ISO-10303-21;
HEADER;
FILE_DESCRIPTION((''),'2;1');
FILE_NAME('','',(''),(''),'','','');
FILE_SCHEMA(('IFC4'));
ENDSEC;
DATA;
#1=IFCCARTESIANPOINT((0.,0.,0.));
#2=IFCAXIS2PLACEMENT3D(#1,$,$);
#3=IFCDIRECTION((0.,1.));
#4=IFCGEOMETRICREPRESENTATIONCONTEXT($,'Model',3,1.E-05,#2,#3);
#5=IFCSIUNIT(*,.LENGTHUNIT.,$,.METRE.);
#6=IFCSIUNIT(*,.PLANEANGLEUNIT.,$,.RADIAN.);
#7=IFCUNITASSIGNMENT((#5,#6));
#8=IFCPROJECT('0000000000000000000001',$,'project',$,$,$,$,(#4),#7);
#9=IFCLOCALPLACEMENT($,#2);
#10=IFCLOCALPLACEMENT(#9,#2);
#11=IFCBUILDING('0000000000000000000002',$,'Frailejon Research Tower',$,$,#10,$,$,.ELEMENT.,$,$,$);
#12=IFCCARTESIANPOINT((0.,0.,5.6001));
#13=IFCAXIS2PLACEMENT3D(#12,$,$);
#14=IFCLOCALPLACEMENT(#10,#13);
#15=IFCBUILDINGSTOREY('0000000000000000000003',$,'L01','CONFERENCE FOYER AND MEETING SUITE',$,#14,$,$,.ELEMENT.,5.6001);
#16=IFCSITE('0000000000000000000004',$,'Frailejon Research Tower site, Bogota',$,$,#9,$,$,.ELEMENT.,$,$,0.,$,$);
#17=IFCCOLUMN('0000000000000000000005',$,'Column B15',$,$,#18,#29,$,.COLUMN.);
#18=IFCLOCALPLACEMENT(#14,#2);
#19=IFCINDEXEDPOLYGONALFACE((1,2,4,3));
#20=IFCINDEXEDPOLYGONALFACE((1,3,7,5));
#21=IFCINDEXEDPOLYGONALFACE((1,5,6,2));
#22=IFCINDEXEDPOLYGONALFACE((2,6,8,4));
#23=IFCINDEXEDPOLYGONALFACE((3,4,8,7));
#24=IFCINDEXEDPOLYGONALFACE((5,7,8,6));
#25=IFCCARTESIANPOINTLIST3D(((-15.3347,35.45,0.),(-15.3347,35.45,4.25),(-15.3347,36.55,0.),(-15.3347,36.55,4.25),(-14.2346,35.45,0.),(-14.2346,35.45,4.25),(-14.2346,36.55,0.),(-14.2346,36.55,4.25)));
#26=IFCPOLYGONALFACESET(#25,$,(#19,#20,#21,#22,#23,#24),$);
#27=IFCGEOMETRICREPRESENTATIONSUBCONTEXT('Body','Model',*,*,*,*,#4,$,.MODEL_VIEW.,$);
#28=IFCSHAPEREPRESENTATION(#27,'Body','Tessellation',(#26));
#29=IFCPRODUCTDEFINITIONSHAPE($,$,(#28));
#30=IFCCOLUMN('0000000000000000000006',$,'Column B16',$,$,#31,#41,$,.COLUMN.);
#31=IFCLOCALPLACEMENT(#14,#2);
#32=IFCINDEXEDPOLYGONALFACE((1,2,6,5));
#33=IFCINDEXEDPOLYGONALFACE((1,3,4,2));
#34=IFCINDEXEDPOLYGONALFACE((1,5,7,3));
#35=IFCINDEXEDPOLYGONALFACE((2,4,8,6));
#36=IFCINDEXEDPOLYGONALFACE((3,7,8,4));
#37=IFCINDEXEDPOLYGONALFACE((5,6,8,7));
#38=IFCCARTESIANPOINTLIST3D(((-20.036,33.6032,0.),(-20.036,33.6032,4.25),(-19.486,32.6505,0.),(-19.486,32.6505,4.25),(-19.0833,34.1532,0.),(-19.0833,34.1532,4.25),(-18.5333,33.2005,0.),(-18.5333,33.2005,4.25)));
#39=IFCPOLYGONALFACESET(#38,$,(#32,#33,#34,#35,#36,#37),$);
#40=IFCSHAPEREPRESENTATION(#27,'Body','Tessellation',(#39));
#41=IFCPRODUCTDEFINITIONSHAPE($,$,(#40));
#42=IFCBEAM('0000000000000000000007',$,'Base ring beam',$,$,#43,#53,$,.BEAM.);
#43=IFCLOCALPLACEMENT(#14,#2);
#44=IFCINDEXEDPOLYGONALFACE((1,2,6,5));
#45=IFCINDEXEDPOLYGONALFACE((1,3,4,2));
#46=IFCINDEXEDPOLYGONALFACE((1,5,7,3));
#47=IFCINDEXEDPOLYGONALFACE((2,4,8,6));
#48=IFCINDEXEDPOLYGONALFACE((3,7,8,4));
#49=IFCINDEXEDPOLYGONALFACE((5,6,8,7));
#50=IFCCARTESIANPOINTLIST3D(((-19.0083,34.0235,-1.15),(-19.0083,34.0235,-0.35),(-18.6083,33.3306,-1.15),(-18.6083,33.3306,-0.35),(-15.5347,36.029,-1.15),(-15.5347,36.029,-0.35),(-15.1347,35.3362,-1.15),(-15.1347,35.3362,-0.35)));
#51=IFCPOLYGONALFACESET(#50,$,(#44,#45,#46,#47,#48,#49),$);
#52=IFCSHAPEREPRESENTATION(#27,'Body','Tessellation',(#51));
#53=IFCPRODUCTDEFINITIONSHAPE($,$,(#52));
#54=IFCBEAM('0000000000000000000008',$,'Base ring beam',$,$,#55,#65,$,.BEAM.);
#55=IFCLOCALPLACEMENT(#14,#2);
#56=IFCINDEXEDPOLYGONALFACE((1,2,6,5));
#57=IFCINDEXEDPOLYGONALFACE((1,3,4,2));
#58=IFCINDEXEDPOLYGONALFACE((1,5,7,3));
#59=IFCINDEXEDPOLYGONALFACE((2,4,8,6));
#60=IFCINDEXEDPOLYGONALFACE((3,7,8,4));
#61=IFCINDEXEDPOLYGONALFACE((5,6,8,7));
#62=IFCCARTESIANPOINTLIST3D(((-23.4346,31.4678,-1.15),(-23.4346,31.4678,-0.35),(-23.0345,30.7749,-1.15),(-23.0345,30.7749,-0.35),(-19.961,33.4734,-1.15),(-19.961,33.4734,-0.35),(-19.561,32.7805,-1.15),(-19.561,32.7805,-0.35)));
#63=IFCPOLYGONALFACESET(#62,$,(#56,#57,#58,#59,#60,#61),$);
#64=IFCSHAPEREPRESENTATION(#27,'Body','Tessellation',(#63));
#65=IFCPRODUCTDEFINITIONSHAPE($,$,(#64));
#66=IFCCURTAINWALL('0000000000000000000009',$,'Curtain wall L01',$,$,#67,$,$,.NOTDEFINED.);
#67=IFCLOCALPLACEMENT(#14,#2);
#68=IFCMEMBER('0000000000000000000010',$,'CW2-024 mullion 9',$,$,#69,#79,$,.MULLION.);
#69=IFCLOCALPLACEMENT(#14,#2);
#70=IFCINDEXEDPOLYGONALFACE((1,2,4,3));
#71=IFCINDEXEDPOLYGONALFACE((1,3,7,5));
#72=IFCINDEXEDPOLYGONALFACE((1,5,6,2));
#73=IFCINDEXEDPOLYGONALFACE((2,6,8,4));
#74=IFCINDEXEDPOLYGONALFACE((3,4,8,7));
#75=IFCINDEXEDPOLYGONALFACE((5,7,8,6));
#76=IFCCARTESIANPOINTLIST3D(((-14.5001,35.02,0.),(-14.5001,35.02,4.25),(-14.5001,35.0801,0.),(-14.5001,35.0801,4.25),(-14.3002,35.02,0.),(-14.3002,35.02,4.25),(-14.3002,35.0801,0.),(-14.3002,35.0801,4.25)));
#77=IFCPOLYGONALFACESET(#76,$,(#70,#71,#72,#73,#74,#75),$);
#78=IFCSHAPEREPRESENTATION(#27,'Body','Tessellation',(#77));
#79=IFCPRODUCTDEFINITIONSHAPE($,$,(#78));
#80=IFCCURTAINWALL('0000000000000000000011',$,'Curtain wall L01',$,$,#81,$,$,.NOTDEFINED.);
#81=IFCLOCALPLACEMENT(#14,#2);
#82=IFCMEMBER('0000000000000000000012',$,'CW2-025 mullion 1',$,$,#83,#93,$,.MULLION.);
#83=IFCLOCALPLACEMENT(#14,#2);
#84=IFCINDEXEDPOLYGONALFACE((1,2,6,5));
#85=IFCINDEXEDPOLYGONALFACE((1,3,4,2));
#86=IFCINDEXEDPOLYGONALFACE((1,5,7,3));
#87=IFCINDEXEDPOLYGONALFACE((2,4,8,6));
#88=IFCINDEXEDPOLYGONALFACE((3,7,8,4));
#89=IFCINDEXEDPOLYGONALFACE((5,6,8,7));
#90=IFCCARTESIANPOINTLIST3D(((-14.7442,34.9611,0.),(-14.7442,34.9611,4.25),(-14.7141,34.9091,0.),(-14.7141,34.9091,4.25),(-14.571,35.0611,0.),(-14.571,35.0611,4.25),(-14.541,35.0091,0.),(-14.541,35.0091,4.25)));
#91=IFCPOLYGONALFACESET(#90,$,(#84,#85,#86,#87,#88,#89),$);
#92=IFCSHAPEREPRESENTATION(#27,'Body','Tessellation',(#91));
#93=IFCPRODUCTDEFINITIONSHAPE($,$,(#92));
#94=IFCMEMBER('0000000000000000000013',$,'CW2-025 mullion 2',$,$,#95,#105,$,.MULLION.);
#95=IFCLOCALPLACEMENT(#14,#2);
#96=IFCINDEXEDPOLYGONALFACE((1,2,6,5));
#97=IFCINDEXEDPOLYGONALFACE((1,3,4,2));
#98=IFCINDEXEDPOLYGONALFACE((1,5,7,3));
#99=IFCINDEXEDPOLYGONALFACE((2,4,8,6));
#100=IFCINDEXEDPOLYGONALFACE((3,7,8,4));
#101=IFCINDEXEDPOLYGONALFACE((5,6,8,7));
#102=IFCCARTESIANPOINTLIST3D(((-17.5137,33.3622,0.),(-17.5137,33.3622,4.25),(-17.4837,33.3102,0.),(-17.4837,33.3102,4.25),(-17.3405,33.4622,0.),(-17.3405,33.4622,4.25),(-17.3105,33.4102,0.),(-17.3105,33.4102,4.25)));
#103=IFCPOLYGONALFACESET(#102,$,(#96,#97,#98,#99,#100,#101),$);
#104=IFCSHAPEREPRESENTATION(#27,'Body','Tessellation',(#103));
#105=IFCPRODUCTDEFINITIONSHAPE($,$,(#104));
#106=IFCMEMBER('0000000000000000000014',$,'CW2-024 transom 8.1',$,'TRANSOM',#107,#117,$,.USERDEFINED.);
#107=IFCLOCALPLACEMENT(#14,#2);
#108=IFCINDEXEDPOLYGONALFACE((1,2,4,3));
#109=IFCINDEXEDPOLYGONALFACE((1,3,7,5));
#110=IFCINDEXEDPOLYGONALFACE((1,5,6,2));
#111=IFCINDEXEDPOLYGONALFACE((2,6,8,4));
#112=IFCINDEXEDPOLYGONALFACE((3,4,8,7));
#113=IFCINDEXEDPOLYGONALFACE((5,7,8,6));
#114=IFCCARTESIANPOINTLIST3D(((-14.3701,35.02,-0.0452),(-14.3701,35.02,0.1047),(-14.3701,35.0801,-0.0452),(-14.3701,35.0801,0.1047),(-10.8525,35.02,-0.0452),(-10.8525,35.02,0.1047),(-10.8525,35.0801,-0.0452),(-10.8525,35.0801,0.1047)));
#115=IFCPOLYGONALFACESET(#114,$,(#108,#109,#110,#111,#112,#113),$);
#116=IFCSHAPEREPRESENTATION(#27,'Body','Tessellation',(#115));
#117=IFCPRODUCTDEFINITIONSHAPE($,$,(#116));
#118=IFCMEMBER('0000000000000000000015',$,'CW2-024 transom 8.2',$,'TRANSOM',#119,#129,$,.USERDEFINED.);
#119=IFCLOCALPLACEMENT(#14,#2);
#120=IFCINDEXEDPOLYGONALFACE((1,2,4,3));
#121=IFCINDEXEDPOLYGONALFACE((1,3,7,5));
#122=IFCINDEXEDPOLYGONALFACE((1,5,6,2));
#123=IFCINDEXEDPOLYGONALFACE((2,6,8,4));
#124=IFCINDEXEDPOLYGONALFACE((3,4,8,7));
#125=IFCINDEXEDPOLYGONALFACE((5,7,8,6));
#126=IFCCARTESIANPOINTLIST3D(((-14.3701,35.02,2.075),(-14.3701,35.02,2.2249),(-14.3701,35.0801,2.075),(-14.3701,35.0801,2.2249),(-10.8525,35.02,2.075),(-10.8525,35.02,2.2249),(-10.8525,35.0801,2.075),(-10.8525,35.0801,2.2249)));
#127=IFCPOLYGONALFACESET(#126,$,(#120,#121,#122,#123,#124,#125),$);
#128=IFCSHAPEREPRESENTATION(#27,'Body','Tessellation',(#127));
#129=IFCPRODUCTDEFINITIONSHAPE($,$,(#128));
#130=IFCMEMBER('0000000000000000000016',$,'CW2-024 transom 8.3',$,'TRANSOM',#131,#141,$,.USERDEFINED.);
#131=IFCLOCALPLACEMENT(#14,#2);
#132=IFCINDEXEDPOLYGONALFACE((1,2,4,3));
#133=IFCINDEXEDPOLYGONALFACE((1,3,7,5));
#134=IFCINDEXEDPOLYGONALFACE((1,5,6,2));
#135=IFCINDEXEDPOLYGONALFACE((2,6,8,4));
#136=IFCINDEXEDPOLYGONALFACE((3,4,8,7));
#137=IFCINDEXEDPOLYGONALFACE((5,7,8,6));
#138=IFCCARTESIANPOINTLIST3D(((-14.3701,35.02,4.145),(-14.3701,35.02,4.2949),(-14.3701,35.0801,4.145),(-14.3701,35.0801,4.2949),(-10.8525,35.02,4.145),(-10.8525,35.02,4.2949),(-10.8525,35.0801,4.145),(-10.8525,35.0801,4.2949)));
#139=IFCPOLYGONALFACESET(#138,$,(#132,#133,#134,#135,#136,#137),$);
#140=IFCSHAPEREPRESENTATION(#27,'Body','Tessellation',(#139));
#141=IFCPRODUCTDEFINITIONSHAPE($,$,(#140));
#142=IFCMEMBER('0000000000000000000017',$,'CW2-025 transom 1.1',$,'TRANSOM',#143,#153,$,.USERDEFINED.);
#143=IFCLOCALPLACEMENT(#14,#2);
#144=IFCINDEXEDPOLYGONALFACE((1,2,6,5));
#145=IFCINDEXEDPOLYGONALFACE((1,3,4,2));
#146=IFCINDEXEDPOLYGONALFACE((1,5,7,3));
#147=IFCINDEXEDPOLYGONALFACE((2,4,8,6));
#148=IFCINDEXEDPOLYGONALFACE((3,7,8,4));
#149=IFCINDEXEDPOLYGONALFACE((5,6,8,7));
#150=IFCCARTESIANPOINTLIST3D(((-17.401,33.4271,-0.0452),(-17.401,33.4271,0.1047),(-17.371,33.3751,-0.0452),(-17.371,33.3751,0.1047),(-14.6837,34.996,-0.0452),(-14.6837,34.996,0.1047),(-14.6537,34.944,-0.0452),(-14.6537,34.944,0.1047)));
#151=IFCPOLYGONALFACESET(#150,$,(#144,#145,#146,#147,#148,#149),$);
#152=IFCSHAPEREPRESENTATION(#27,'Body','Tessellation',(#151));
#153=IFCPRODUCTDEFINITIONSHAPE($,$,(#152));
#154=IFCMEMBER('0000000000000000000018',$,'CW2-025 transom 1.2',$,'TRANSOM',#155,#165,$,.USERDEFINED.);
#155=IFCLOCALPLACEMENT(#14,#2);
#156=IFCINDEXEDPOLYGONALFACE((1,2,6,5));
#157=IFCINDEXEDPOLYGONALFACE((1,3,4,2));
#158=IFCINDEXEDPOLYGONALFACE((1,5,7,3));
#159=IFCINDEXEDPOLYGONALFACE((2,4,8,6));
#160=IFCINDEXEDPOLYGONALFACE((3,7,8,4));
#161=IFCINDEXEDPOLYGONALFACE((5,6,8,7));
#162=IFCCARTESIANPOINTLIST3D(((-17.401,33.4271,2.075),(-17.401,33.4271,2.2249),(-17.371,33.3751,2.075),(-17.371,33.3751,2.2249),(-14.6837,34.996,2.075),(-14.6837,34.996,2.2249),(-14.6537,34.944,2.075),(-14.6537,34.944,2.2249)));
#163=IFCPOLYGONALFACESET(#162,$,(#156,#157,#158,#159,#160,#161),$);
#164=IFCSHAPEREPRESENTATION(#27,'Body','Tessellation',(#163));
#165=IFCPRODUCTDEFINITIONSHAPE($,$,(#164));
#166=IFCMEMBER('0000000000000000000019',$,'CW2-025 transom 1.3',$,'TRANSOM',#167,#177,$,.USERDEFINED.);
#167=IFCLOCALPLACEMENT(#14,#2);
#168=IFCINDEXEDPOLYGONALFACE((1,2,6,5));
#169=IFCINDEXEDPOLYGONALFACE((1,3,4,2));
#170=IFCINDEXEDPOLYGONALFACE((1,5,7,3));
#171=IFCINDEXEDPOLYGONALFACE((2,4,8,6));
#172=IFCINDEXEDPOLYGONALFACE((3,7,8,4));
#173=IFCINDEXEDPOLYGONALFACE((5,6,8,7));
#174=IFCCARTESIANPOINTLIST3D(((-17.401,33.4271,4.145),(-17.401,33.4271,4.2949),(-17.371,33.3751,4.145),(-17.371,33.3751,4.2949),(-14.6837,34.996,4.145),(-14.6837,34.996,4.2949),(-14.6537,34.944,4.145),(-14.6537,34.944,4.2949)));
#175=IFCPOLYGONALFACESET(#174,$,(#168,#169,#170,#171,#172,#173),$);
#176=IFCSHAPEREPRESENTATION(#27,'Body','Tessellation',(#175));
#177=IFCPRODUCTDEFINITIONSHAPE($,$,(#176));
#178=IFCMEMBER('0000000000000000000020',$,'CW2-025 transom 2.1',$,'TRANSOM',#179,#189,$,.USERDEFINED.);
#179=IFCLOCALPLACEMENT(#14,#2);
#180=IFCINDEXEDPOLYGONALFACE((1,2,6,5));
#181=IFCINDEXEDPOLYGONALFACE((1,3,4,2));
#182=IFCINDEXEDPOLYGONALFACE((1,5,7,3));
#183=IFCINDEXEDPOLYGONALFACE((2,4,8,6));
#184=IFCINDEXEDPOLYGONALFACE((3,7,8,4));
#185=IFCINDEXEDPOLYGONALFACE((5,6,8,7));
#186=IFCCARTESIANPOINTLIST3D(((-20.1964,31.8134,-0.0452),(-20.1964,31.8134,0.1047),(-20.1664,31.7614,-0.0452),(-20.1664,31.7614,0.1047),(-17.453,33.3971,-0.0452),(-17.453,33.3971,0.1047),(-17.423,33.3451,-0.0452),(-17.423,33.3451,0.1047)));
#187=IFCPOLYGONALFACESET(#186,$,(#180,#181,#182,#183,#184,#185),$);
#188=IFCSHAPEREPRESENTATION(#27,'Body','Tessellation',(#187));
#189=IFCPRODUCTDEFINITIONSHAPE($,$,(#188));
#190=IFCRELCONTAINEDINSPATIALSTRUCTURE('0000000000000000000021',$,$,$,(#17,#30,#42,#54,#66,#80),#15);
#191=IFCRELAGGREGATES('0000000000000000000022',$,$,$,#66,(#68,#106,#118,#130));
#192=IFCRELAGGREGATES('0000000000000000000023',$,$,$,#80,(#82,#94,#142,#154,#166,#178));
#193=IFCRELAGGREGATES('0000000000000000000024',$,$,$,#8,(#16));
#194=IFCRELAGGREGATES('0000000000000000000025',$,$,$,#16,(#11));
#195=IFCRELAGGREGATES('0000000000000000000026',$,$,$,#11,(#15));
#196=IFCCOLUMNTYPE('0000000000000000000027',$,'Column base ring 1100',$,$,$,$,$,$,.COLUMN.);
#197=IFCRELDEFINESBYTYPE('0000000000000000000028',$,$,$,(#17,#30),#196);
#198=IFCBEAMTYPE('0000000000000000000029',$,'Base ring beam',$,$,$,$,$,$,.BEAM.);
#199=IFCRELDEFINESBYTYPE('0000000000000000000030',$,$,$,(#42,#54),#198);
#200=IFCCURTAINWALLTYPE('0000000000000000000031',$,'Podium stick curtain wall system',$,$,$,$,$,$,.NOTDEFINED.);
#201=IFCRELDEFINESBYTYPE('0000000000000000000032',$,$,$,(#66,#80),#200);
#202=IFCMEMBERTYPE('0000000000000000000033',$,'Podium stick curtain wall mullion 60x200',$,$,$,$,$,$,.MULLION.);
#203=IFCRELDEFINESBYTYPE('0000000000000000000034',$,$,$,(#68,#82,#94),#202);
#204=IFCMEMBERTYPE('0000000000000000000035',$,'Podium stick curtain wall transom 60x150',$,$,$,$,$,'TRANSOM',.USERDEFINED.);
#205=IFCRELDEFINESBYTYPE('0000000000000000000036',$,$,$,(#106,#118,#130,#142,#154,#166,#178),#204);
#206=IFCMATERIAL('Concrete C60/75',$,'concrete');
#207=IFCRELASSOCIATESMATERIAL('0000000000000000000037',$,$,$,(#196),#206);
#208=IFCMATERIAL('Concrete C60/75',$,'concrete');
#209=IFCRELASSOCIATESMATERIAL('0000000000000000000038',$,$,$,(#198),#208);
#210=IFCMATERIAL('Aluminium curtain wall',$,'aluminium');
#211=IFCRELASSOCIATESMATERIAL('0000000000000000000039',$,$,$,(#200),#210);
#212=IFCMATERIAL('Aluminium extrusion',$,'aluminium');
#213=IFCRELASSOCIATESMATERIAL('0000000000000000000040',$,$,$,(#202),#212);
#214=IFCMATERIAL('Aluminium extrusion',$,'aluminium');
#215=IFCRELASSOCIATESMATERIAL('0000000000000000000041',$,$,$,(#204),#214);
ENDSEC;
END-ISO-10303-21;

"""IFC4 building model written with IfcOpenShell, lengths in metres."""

from ifc_helpers import new_model, si_unit, direction, frame, origin, origin_2d, place, context, subcontext, project, spatial, rectangle, extrude, material, material_profile, profile_set, type_object, element, aggregate, save


model = new_model("IFC4")

# Units and contexts
model_context = context("Model", 3, precision=1e-05, world=origin(), true_north=direction((0.0, 1.0)))
body_context = subcontext(model_context, "Body", "Model", "MODEL_VIEW")
ifc_project = project(units=[si_unit("LENGTHUNIT", "METRE"), si_unit("PLANEANGLEUNIT", "RADIAN")], contexts=[model_context])

# Site, building, storey
site_placement = place(None, origin())
site = spatial("IfcSite", under=ifc_project, at=site_placement, Name="Frailejon Research Tower site, Bogota", CompositionType="ELEMENT", RefElevation=0.0)
building_placement = place(site_placement, origin())
building = spatial("IfcBuilding", under=site, at=building_placement, Name="Frailejon Research Tower", CompositionType="ELEMENT")
storey_placement = place(building_placement, frame((0.0, 0.0, 5.6001)))
storey = spatial("IfcBuildingStorey", under=building, at=storey_placement, Name="L01", Description="CONFERENCE FOYER AND MEETING SUITE", CompositionType="ELEMENT", Elevation=5.6001)

# Columns
ifc_material_1 = material(Name="Concrete C60/75", Category="concrete")
ifc_material_profile_1 = material_profile(ifc_material_1, rectangle(XDim=1.1001, YDim=1.1001, at=origin_2d()), Name="Column base ring 1100")
ifc_profile_set_1 = profile_set([ifc_material_profile_1], Name="Concrete C60/75")
column_type = type_object("IfcColumnType", Name="Column base ring 1100", PredefinedType="COLUMN", material=ifc_profile_set_1)
for number, where, z_axis, x_axis, name in (
    (1, (-14.7847, 36.0, 0.0), (0.0, 0.0, 1.0), (-1.0, 0.0, 0.0), "Column B15"),
    (2, (-19.2847, 33.4019, 0.0), (0.0, 0.0, 1.0), (-0.866025, -0.5, 0.0), "Column B16"),
):
    element("IfcColumn", number, at=place(storey_placement, frame(where, z_axis=z_axis, x_axis=x_axis)), inside=storey, type_object=column_type, Name=name, PredefinedType="COLUMN", context=body_context, shape_type="SweptSolid", body=[
        extrude(rectangle(XDim=1.1001, YDim=1.1001, at=origin_2d()), origin(), (0.0, 0.0, 1.0), 4.25),
    ])

# Beams
ifc_material_2 = material(Name="Concrete C60/75", Category="concrete")
ifc_material_profile_2 = material_profile(ifc_material_2, rectangle(XDim=0.8, YDim=0.8, at=origin_2d()), Name="Base ring beam")
ifc_profile_set_2 = profile_set([ifc_material_profile_2], Name="Concrete C60/75")
beam_type = type_object("IfcBeamType", Name="Base ring beam", PredefinedType="BEAM", material=ifc_profile_set_2)
for number, where, z_axis, x_axis, name in (
    (3, (-15.3347, 35.6826, -0.75), (-0.866013, -0.500021, 0.0), (0.500021, -0.866013, 0.0), "Base ring beam"),
    (4, (-19.761, 33.127, -0.75), (-0.866013, -0.500021, 0.0), (0.500021, -0.866013, 0.0), "Base ring beam"),
):
    element("IfcBeam", number, at=place(storey_placement, frame(where, z_axis=z_axis, x_axis=x_axis)), inside=storey, type_object=beam_type, Name=name, PredefinedType="BEAM", context=body_context, shape_type="SweptSolid", body=[
        extrude(rectangle(XDim=0.8, YDim=0.8, at=origin_2d()), origin(), (0.0, 0.0, 1.0), 4.011),
    ])

# Curtain wall, member
ifc_material_3 = material(Name="Aluminium curtain wall", Category="aluminium")
curtain_wall_type = type_object("IfcCurtainWallType", Name="Podium stick curtain wall system", PredefinedType="NOTDEFINED", material=ifc_material_3)
curtain_wall_1_placement = place(storey_placement, origin())
curtain_wall_1 = element("IfcCurtainWall", 5, at=curtain_wall_1_placement, inside=storey, type_object=curtain_wall_type, Name="Curtain wall L01", PredefinedType="NOTDEFINED")
ifc_material_4 = material(Name="Aluminium extrusion", Category="aluminium")
ifc_material_profile_3 = material_profile(ifc_material_4, rectangle(XDim=0.0601, YDim=0.2, at=origin_2d()), Name="Podium stick curtain wall mullion 60x200")
ifc_profile_set_3 = profile_set([ifc_material_profile_3], Name="Aluminium extrusion")
member_type_1 = type_object("IfcMemberType", Name="Podium stick curtain wall mullion 60x200", PredefinedType="MULLION", material=ifc_profile_set_3)
member_1_placement = place(storey_placement, frame((-14.4001, 35.05, 0.0), z_axis=(0.0, 0.0, 1.0), x_axis=(0.0, -1.0, 0.0)))
member_1 = element("IfcMember", 6, at=member_1_placement, type_object=member_type_1, Name="CW2-024 mullion 9", PredefinedType="MULLION", context=body_context, shape_type="SweptSolid", body=[
    extrude(rectangle(XDim=0.0601, YDim=0.2, at=origin_2d()), origin(), (0.0, 0.0, 1.0), 4.25),
])

# Curtain wall, members
curtain_wall_2_placement = place(storey_placement, origin())
curtain_wall_2 = element("IfcCurtainWall", 7, at=curtain_wall_2_placement, inside=storey, type_object=curtain_wall_type, Name="Curtain wall L01", PredefinedType="NOTDEFINED")
member_2_placement = place(storey_placement, frame((-14.6426, 34.9851, 0.0), z_axis=(0.0, 0.0, 1.0), x_axis=(0.5, -0.866025, 0.0)))
member_2 = element("IfcMember", 8, at=member_2_placement, type_object=member_type_1, Name="CW2-025 mullion 1", PredefinedType="MULLION", context=body_context, shape_type="SweptSolid", body=[
    extrude(rectangle(XDim=0.0601, YDim=0.2, at=origin_2d()), origin(), (0.0, 0.0, 1.0), 4.25),
])
member_3_placement = place(storey_placement, frame((-17.4121, 33.3862, 0.0), z_axis=(0.0, 0.0, 1.0), x_axis=(0.5, -0.866025, 0.0)))
member_3 = element("IfcMember", 9, at=member_3_placement, type_object=member_type_1, Name="CW2-025 mullion 2", PredefinedType="MULLION", context=body_context, shape_type="SweptSolid", body=[
    extrude(rectangle(XDim=0.0601, YDim=0.2, at=origin_2d()), origin(), (0.0, 0.0, 1.0), 4.25),
])

# Members
ifc_material_5 = material(Name="Aluminium extrusion", Category="aluminium")
ifc_material_profile_4 = material_profile(ifc_material_5, rectangle(XDim=0.0601, YDim=0.1499, at=origin_2d()), Name="Podium stick curtain wall transom 60x150")
ifc_profile_set_4 = profile_set([ifc_material_profile_4], Name="Aluminium extrusion")
member_type_2 = type_object("IfcMemberType", Name="Podium stick curtain wall transom 60x150", ElementType="TRANSOM", PredefinedType="USERDEFINED", material=ifc_profile_set_4)
member_4_placement = place(storey_placement, frame((-10.8525, 35.05, 0.0298), z_axis=(-1.0, 0.0, 0.0), x_axis=(0.0, -1.0, 0.0)))
member_4 = element("IfcMember", 10, at=member_4_placement, type_object=member_type_2, Name="CW2-024 transom 8.1", ObjectType="TRANSOM", PredefinedType="USERDEFINED", context=body_context, shape_type="SweptSolid", body=[
    extrude(rectangle(XDim=0.0601, YDim=0.1499, at=origin_2d()), origin(), (0.0, 0.0, 1.0), 3.5176),
])
member_5_placement = place(storey_placement, frame((-10.8525, 35.05, 2.1499), z_axis=(-1.0, 0.0, 0.0), x_axis=(0.0, -1.0, 0.0)))
member_5 = element("IfcMember", 11, at=member_5_placement, type_object=member_type_2, Name="CW2-024 transom 8.2", ObjectType="TRANSOM", PredefinedType="USERDEFINED", context=body_context, shape_type="SweptSolid", body=[
    extrude(rectangle(XDim=0.0601, YDim=0.1499, at=origin_2d()), origin(), (0.0, 0.0, 1.0), 3.5176),
])
member_6_placement = place(storey_placement, frame((-10.8525, 35.05, 4.22), z_axis=(-1.0, 0.0, 0.0), x_axis=(0.0, -1.0, 0.0)))
member_6 = element("IfcMember", 12, at=member_6_placement, type_object=member_type_2, Name="CW2-024 transom 8.3", ObjectType="TRANSOM", PredefinedType="USERDEFINED", context=body_context, shape_type="SweptSolid", body=[
    extrude(rectangle(XDim=0.0601, YDim=0.1499, at=origin_2d()), origin(), (0.0, 0.0, 1.0), 3.5176),
])
member_7_placement = place(storey_placement, frame((-14.6687, 34.97, 0.0298), z_axis=(-0.866022, -0.500005, 0.0), x_axis=(0.500005, -0.866022, 0.0)))
member_7 = element("IfcMember", 13, at=member_7_placement, type_object=member_type_2, Name="CW2-025 transom 1.1", ObjectType="TRANSOM", PredefinedType="USERDEFINED", context=body_context, shape_type="SweptSolid", body=[
    extrude(rectangle(XDim=0.0601, YDim=0.1499, at=origin_2d()), origin(), (0.0, 0.0, 1.0), 3.1377),
])
member_8_placement = place(storey_placement, frame((-14.6687, 34.97, 2.1499), z_axis=(-0.866022, -0.500005, 0.0), x_axis=(0.500005, -0.866022, 0.0)))
member_8 = element("IfcMember", 14, at=member_8_placement, type_object=member_type_2, Name="CW2-025 transom 1.2", ObjectType="TRANSOM", PredefinedType="USERDEFINED", context=body_context, shape_type="SweptSolid", body=[
    extrude(rectangle(XDim=0.0601, YDim=0.1499, at=origin_2d()), origin(), (0.0, 0.0, 1.0), 3.1377),
])
member_9_placement = place(storey_placement, frame((-14.6687, 34.97, 4.22), z_axis=(-0.866022, -0.500005, 0.0), x_axis=(0.500005, -0.866022, 0.0)))
member_9 = element("IfcMember", 15, at=member_9_placement, type_object=member_type_2, Name="CW2-025 transom 1.3", ObjectType="TRANSOM", PredefinedType="USERDEFINED", context=body_context, shape_type="SweptSolid", body=[
    extrude(rectangle(XDim=0.0601, YDim=0.1499, at=origin_2d()), origin(), (0.0, 0.0, 1.0), 3.1377),
])
member_10_placement = place(storey_placement, frame((-17.438, 33.3711, 0.0298), z_axis=(-0.866048, -0.49996, 0.0), x_axis=(0.49996, -0.866048, 0.0)))
member_10 = element("IfcMember", 16, at=member_10_placement, type_object=member_type_2, Name="CW2-025 transom 2.1", ObjectType="TRANSOM", PredefinedType="USERDEFINED", context=body_context, shape_type="SweptSolid", body=[
    extrude(rectangle(XDim=0.0601, YDim=0.1499, at=origin_2d()), origin(), (0.0, 0.0, 1.0), 3.1677),
])

aggregate(curtain_wall_1, [member_1, member_4, member_5, member_6])
aggregate(curtain_wall_2, [member_2, member_3, member_7, member_8, member_9, member_10])

save(model, "model.ifc")
